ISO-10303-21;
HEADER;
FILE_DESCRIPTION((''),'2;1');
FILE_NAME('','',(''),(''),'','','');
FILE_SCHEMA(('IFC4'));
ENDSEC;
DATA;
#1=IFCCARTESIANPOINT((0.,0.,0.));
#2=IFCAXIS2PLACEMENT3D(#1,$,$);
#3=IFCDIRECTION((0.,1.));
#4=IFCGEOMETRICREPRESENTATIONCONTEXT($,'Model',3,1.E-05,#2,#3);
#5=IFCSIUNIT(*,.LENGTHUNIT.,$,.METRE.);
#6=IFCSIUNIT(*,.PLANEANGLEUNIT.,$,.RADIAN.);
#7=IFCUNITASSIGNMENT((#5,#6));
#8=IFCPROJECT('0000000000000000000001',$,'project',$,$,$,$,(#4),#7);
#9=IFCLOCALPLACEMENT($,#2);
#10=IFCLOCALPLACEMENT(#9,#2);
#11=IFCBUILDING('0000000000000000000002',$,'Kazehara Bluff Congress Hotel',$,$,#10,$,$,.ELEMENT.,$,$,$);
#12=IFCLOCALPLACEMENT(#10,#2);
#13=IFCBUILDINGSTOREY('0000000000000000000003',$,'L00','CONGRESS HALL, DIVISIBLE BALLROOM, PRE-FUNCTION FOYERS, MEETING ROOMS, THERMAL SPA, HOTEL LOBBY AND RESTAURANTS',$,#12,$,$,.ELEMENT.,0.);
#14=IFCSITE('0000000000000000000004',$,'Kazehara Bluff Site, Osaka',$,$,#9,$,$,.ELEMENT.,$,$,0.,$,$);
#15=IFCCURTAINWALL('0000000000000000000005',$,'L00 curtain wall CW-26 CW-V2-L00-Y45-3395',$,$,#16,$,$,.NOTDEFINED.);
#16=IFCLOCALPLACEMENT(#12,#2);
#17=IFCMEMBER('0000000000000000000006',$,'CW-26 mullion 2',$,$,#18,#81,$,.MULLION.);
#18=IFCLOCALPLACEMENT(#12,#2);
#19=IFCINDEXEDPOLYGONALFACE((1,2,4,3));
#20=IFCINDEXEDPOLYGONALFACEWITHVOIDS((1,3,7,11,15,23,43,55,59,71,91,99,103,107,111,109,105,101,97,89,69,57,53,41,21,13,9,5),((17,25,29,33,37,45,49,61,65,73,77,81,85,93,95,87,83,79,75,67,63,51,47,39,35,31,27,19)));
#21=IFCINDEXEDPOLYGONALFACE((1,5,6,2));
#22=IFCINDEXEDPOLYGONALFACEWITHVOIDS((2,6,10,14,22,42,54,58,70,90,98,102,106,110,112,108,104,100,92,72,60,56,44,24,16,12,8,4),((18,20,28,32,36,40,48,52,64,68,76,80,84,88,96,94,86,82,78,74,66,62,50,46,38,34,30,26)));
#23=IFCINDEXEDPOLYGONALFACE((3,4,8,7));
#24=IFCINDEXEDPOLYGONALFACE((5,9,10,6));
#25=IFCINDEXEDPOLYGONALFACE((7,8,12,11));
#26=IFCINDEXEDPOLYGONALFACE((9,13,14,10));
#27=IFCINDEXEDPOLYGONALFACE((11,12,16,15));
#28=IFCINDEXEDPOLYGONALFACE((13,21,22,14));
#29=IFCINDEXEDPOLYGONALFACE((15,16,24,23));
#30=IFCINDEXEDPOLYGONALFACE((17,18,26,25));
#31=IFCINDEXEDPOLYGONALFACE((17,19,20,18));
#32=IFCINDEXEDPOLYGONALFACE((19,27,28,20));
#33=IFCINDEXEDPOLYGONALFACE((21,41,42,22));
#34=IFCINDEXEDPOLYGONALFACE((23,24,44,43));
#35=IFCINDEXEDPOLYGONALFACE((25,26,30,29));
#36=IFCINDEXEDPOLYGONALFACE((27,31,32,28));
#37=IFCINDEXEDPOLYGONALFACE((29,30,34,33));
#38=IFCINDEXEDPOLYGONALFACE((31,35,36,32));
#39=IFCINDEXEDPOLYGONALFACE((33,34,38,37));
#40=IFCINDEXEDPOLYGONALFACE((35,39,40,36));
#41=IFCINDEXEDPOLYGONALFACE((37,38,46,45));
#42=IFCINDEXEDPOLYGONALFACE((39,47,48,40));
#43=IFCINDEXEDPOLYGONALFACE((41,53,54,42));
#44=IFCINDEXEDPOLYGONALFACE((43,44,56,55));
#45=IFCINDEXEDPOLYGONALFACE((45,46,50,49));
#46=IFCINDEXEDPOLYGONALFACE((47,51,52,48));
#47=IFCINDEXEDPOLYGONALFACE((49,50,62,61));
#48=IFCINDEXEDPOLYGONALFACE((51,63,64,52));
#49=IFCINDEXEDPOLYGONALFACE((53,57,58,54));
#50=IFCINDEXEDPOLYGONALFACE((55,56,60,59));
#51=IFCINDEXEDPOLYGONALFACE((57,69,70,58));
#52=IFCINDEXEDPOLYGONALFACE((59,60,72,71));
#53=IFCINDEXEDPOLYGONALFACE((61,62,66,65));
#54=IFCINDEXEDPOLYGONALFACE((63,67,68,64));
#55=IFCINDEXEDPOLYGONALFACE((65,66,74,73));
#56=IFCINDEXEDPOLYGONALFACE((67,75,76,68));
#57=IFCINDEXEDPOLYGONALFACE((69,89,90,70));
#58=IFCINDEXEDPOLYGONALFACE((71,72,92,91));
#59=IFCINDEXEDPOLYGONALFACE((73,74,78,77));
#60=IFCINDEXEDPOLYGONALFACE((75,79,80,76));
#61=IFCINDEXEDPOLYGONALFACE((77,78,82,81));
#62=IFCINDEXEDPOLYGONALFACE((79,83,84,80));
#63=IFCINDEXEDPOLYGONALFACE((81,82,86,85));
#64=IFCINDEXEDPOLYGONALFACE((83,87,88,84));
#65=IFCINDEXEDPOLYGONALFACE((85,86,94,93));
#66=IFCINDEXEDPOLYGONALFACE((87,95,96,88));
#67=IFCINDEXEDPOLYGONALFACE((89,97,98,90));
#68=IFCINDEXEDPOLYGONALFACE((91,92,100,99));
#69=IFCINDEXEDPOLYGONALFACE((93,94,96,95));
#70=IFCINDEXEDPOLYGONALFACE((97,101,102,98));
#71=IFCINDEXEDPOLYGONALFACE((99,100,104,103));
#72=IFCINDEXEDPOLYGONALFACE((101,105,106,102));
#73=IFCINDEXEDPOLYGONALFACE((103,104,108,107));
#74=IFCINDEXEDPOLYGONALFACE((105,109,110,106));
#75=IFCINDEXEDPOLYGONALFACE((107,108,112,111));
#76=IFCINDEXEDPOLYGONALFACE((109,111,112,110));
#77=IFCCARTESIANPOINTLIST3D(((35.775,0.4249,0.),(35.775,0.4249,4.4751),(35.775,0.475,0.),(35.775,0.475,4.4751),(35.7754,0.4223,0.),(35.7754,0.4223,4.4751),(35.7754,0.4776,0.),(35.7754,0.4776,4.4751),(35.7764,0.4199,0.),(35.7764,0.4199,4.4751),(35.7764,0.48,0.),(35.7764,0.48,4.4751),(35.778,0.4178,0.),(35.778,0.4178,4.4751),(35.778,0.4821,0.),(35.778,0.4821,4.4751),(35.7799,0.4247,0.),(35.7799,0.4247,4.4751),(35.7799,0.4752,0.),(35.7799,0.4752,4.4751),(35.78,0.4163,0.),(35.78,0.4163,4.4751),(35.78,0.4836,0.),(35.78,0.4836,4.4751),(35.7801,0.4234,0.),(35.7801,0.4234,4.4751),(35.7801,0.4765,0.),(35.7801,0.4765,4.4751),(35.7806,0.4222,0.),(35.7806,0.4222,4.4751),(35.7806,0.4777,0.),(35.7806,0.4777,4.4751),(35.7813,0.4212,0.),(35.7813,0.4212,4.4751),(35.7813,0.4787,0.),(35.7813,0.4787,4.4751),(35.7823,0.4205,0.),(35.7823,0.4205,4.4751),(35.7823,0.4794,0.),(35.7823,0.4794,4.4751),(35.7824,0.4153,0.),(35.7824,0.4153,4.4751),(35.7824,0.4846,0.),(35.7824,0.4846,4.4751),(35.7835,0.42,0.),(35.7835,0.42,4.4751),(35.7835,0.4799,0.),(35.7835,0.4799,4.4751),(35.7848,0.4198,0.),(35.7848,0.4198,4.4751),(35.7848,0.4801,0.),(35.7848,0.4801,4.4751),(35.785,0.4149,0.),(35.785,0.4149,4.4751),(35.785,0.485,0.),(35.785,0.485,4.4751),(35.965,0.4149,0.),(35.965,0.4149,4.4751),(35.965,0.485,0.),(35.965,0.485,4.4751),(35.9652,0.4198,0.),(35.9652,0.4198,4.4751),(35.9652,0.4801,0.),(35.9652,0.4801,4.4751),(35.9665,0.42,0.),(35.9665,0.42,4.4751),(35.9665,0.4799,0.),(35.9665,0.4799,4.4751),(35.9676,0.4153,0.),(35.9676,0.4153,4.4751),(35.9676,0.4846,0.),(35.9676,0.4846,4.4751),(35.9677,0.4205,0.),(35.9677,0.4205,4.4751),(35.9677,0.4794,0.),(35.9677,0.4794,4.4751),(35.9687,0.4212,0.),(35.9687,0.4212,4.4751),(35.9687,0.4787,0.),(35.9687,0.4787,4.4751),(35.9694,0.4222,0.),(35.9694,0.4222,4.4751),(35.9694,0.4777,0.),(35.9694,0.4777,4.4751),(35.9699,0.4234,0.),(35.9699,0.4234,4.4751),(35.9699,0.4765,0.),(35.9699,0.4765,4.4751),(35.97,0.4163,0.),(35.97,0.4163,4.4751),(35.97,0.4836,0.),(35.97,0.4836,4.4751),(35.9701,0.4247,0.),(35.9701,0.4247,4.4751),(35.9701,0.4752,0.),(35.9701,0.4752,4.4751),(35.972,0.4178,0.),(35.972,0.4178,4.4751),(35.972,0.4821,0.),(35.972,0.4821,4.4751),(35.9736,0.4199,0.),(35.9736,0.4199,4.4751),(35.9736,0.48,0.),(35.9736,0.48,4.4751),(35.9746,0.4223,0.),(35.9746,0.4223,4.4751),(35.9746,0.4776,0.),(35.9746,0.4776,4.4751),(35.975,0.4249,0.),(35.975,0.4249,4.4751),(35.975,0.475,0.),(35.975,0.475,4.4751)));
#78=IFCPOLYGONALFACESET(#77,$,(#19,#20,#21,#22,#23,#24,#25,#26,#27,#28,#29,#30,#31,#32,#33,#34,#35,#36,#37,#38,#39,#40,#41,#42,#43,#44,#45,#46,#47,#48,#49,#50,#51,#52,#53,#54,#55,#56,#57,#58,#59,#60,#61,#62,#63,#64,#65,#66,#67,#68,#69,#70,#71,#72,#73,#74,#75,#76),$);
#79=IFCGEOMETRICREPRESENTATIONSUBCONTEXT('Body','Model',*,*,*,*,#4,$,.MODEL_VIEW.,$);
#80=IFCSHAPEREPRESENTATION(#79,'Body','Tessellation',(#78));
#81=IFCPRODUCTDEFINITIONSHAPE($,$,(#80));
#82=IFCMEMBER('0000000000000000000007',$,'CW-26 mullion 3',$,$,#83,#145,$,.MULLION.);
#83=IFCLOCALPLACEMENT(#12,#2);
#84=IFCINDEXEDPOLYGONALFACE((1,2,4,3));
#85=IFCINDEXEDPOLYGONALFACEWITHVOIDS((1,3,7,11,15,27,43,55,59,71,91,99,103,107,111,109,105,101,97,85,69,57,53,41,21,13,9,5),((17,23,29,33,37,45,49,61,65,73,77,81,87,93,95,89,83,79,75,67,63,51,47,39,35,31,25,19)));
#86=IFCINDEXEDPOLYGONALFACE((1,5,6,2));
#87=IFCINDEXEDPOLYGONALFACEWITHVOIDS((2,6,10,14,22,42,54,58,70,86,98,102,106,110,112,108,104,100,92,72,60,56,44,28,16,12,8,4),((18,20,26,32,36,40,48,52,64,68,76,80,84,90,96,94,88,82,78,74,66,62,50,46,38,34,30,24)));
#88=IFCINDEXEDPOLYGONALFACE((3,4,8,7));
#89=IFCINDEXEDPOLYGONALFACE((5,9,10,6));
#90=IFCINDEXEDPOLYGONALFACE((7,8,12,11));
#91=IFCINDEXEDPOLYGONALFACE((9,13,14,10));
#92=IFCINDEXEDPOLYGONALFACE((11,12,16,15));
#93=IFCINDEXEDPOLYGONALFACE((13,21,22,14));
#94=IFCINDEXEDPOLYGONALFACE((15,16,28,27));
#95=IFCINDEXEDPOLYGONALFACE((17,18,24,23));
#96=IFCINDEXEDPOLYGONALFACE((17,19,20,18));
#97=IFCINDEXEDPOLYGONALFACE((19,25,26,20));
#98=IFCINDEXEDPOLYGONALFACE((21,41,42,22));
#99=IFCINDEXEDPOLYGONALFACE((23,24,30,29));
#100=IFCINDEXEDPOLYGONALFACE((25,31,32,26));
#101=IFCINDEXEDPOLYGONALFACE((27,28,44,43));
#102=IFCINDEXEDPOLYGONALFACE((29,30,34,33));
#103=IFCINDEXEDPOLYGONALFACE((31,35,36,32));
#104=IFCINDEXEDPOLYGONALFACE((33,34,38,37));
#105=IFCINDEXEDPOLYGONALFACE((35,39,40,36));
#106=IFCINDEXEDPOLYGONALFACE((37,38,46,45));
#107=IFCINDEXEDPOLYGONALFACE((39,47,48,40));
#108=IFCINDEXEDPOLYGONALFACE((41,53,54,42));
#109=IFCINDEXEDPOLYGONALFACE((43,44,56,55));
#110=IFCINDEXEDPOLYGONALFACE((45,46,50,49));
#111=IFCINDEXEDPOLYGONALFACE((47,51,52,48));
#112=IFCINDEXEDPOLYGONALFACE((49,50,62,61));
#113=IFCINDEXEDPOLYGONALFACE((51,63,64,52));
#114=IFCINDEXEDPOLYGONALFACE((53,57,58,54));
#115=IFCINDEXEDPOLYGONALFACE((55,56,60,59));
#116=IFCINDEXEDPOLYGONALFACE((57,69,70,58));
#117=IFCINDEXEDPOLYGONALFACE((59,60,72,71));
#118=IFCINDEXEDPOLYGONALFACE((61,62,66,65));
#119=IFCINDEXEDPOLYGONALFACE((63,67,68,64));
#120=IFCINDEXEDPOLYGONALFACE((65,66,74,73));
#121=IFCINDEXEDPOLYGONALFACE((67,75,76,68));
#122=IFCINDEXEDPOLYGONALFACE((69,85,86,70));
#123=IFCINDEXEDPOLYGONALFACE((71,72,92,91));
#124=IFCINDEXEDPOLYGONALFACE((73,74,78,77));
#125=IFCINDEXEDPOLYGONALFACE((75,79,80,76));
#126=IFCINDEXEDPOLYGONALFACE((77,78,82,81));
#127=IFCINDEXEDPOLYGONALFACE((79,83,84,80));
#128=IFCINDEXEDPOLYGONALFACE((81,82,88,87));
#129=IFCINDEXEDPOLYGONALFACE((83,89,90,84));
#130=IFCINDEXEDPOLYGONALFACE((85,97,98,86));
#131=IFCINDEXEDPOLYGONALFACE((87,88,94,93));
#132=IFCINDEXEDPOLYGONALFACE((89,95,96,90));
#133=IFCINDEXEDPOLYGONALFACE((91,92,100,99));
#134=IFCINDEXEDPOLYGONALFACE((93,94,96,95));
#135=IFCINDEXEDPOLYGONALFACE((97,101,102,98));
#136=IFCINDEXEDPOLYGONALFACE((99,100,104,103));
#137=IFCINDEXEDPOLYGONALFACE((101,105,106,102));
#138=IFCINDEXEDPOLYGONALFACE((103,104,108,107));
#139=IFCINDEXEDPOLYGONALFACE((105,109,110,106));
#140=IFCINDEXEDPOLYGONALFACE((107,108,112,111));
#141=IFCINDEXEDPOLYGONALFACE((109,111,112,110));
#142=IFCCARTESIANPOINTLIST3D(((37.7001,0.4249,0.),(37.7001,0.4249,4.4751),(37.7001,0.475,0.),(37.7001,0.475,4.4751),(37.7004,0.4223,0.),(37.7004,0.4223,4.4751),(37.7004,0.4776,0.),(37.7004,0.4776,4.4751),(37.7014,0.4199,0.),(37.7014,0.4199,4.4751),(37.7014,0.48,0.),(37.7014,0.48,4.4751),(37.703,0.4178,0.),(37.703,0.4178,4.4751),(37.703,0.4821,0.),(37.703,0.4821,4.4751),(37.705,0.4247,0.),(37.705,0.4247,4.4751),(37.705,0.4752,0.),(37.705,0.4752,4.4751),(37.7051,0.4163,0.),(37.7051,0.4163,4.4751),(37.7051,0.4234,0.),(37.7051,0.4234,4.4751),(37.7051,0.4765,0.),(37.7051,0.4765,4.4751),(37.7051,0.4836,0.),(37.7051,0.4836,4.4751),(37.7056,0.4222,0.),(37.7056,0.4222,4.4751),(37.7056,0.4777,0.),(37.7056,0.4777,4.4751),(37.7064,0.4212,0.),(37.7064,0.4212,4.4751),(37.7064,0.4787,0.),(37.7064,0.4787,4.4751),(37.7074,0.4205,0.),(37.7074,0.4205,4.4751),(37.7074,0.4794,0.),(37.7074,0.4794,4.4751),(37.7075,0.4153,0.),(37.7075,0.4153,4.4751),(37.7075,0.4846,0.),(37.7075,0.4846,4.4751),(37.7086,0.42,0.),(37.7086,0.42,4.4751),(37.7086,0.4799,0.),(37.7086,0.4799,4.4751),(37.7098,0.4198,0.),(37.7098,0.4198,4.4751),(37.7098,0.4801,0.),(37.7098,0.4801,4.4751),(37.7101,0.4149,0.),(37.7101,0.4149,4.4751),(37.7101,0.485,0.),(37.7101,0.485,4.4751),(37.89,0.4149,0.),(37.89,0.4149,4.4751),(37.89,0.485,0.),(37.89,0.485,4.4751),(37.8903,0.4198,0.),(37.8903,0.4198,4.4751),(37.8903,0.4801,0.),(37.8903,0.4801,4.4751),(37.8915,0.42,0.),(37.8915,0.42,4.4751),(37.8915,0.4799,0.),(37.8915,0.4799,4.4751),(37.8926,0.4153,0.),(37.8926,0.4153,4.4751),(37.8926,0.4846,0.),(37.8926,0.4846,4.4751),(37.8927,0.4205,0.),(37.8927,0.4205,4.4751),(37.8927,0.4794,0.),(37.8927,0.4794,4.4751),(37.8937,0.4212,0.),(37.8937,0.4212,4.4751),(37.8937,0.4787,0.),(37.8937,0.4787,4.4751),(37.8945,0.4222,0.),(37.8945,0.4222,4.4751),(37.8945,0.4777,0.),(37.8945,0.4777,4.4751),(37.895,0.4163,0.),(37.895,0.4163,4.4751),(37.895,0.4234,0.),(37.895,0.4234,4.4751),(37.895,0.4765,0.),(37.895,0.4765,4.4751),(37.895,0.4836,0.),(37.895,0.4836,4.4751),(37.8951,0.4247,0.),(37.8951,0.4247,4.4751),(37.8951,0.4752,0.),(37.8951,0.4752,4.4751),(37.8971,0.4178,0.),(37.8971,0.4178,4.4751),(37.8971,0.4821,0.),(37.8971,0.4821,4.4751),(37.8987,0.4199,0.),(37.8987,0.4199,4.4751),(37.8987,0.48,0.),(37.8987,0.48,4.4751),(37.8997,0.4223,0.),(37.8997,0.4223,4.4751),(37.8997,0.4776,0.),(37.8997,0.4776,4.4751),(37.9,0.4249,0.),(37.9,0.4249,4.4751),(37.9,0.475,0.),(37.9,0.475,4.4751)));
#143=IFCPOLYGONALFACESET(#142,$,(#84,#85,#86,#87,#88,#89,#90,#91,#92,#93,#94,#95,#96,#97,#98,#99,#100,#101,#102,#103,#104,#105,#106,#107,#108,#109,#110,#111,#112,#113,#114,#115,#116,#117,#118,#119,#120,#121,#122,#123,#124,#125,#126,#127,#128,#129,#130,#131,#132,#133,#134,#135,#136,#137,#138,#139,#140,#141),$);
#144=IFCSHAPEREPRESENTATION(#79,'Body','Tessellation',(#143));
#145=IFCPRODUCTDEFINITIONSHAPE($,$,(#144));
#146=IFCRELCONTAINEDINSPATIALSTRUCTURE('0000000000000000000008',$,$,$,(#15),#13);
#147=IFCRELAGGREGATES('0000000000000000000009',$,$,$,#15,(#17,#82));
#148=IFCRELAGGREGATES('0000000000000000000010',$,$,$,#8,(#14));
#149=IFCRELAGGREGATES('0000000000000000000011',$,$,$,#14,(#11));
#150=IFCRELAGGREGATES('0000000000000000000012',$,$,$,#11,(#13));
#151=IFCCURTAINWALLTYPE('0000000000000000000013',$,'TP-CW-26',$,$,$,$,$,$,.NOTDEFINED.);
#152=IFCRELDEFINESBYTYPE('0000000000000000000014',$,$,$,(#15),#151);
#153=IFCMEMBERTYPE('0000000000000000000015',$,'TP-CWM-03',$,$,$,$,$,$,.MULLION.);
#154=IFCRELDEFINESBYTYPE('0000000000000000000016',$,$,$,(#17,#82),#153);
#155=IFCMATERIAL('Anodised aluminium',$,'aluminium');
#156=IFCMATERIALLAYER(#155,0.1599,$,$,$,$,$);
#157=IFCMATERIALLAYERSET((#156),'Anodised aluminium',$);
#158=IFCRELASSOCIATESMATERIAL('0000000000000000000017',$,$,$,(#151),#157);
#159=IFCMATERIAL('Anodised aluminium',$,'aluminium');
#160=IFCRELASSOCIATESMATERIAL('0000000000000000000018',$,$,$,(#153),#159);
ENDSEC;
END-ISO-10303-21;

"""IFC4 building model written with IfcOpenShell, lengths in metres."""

from ifc_helpers import new_model, si_unit, direction, frame, origin, origin_2d, place, context, subcontext, project, spatial, hollow_rectangle, extrude, material, layer, layer_set, material_profile, profile_set, type_object, element, aggregate, save


model = new_model("IFC4")

# Units and contexts
model_context = context("Model", 3, precision=1e-05, world=origin(), true_north=direction((0.0, 1.0)))
body_context = subcontext(model_context, "Body", "Model", "MODEL_VIEW")
ifc_project = project(units=[si_unit("LENGTHUNIT", "METRE"), si_unit("PLANEANGLEUNIT", "RADIAN")], contexts=[model_context])

# Site, building, storey
site_placement = place(None, origin())
site = spatial("IfcSite", under=ifc_project, at=site_placement, Name="Kazehara Bluff Site, Osaka", CompositionType="ELEMENT", RefElevation=0.0)
building_placement = place(site_placement, origin())
building = spatial("IfcBuilding", under=site, at=building_placement, Name="Kazehara Bluff Congress Hotel", CompositionType="ELEMENT")
storey_placement = place(building_placement, origin())
storey = spatial("IfcBuildingStorey", under=building, at=storey_placement, Name="L00", Description="CONGRESS HALL, DIVISIBLE BALLROOM, PRE-FUNCTION FOYERS, MEETING ROOMS, THERMAL SPA, HOTEL LOBBY AND RESTAURANTS", CompositionType="ELEMENT", Elevation=0.0)

# Shared definitions
ifc_material_1 = material(Name="Anodised aluminium", Category="aluminium")
ifc_layer_1 = layer(ifc_material_1, 0.1599)
ifc_layer_set_1 = layer_set([ifc_layer_1], Name="Anodised aluminium")
curtain_wall_type = type_object("IfcCurtainWallType", Name="TP-CW-26", PredefinedType="NOTDEFINED", material=ifc_layer_set_1)
ifc_material_2 = material(Name="Anodised aluminium", Category="aluminium")
ifc_material_profile_1 = material_profile(ifc_material_2, hollow_rectangle(XDim=0.0701, YDim=0.2, WallThickness=0.0049, InnerFilletRadius=0.0049, OuterFilletRadius=0.01, at=origin_2d()))
ifc_profile_set_1 = profile_set([ifc_material_profile_1], Name="Anodised aluminium")
member_type_1 = type_object("IfcMemberType", Name="TP-CWM-03", PredefinedType="MULLION", material=ifc_profile_set_1)

# Curtain wall, members
curtain_wall_1_placement = place(storey_placement, origin())
curtain_wall_1 = element("IfcCurtainWall", 1, at=curtain_wall_1_placement, inside=storey, type_object=curtain_wall_type, Name="L00 curtain wall CW-26 CW-V2-L00-Y45-3395", PredefinedType="NOTDEFINED")
member_1_placement = place(storey_placement, frame((35.875, 0.45, 0.0), z_axis=(0.0, 0.0, 1.0), x_axis=(0.0, 1.0, 0.0)))
member_1 = element("IfcMember", 2, at=member_1_placement, type_object=member_type_1, Name="CW-26 mullion 2", PredefinedType="MULLION", context=body_context, shape_type="SweptSolid", body=[
    extrude(hollow_rectangle(XDim=0.0701, YDim=0.2, WallThickness=0.0049, InnerFilletRadius=0.0049, OuterFilletRadius=0.01, at=origin_2d()), origin(), (0.0, 0.0, 1.0), 4.4751),
])
member_2_placement = place(storey_placement, frame((37.8, 0.45, 0.0), z_axis=(0.0, 0.0, 1.0), x_axis=(0.0, 1.0, 0.0)))
member_2 = element("IfcMember", 3, at=member_2_placement, type_object=member_type_1, Name="CW-26 mullion 3", PredefinedType="MULLION", context=body_context, shape_type="SweptSolid", body=[
    extrude(hollow_rectangle(XDim=0.0701, YDim=0.2, WallThickness=0.0049, InnerFilletRadius=0.0049, OuterFilletRadius=0.01, at=origin_2d()), origin(), (0.0, 0.0, 1.0), 4.4751),
])

aggregate(curtain_wall_1, [member_1, member_2])

save(model, "model.ifc")
